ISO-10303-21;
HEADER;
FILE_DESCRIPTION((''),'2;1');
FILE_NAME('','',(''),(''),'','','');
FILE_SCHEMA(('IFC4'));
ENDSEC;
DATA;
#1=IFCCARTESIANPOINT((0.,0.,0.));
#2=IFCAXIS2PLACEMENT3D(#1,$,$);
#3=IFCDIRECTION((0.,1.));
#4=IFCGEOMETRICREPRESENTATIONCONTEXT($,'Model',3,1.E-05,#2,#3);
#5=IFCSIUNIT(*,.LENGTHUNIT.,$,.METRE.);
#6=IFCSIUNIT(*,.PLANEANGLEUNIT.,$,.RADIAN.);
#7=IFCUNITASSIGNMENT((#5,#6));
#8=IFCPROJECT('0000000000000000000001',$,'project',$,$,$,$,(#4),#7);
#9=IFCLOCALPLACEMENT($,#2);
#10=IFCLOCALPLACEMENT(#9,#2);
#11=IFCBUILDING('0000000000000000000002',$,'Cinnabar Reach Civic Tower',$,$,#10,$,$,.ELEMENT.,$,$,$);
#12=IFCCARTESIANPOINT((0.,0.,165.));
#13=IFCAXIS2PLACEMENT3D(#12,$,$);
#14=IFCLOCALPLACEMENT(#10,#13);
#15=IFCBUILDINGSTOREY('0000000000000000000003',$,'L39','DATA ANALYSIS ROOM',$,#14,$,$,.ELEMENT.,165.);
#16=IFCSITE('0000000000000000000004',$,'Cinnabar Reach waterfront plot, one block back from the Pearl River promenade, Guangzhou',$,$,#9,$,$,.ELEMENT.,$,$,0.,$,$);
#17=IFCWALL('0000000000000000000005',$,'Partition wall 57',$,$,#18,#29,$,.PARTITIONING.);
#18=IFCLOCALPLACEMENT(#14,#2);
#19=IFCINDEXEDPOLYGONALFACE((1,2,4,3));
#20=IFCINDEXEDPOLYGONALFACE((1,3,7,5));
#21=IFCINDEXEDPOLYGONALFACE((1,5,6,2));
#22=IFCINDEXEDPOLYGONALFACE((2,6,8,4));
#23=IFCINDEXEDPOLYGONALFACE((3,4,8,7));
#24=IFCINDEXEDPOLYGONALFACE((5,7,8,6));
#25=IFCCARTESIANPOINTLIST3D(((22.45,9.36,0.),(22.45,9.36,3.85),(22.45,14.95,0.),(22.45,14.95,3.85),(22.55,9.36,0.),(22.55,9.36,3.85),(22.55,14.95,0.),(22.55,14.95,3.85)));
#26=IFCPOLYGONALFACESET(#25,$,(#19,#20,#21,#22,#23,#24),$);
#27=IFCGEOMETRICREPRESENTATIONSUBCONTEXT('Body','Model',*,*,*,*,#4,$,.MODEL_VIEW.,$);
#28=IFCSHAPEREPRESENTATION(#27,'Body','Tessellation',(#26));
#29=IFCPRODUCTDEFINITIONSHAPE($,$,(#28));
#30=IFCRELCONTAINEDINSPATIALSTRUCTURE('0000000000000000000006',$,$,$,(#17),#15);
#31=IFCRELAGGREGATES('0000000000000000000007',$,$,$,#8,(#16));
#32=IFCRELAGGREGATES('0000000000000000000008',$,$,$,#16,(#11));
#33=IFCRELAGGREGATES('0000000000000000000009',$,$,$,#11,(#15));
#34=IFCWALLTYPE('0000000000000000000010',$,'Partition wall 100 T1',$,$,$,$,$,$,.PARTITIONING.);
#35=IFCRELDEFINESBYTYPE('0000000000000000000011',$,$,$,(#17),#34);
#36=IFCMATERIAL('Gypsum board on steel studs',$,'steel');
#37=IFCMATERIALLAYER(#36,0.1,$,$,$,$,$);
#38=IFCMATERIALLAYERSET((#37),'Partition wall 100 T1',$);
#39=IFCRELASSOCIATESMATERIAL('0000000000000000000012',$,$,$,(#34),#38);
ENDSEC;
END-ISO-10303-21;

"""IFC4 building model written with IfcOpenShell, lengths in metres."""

from ifc_helpers import new_model, si_unit, direction, frame, frame_2d, origin, place, context, subcontext, project, spatial, rectangle, extrude, material, layer, layer_set, type_object, element, save


model = new_model("IFC4")

# Units and contexts
model_context = context("Model", 3, precision=1e-05, world=origin(), true_north=direction((0.0, 1.0)))
body_context = subcontext(model_context, "Body", "Model", "MODEL_VIEW")
ifc_project = project(units=[si_unit("LENGTHUNIT", "METRE"), si_unit("PLANEANGLEUNIT", "RADIAN")], contexts=[model_context])

# Site, building, storey
site_placement = place(None, origin())
site = spatial("IfcSite", under=ifc_project, at=site_placement, Name="Cinnabar Reach waterfront plot, one block back from the Pearl River promenade, Guangzhou", CompositionType="ELEMENT", RefElevation=0.0)
building_placement = place(site_placement, origin())
building = spatial("IfcBuilding", under=site, at=building_placement, Name="Cinnabar Reach Civic Tower", CompositionType="ELEMENT")
storey_placement = place(building_placement, frame((0.0, 0.0, 165.0)))
storey = spatial("IfcBuildingStorey", under=building, at=storey_placement, Name="L39", Description="DATA ANALYSIS ROOM", CompositionType="ELEMENT", Elevation=165.0)

# Wall
ifc_material_1 = material(Name="Gypsum board on steel studs", Category="steel")
ifc_layer_1 = layer(ifc_material_1, 0.1)
ifc_layer_set_1 = layer_set([ifc_layer_1], Name="Partition wall 100 T1")
wall_type_1 = type_object("IfcWallType", Name="Partition wall 100 T1", PredefinedType="PARTITIONING", material=ifc_layer_set_1)
wall_1_placement = place(storey_placement, frame((22.5, 9.36, 0.0), z_axis=(0.0, 0.0, 1.0), x_axis=(0.0, 1.0, 0.0)))
element("IfcWall", 1, at=wall_1_placement, inside=storey, type_object=wall_type_1, Name="Partition wall 57", PredefinedType="PARTITIONING", context=body_context, shape_type="SweptSolid", body=[
    extrude(rectangle(XDim=5.59, YDim=0.1, at=frame_2d((2.795, 0.0))), origin(), (0.0, 0.0, 1.0), 3.85),
])

save(model, "model.ifc")
